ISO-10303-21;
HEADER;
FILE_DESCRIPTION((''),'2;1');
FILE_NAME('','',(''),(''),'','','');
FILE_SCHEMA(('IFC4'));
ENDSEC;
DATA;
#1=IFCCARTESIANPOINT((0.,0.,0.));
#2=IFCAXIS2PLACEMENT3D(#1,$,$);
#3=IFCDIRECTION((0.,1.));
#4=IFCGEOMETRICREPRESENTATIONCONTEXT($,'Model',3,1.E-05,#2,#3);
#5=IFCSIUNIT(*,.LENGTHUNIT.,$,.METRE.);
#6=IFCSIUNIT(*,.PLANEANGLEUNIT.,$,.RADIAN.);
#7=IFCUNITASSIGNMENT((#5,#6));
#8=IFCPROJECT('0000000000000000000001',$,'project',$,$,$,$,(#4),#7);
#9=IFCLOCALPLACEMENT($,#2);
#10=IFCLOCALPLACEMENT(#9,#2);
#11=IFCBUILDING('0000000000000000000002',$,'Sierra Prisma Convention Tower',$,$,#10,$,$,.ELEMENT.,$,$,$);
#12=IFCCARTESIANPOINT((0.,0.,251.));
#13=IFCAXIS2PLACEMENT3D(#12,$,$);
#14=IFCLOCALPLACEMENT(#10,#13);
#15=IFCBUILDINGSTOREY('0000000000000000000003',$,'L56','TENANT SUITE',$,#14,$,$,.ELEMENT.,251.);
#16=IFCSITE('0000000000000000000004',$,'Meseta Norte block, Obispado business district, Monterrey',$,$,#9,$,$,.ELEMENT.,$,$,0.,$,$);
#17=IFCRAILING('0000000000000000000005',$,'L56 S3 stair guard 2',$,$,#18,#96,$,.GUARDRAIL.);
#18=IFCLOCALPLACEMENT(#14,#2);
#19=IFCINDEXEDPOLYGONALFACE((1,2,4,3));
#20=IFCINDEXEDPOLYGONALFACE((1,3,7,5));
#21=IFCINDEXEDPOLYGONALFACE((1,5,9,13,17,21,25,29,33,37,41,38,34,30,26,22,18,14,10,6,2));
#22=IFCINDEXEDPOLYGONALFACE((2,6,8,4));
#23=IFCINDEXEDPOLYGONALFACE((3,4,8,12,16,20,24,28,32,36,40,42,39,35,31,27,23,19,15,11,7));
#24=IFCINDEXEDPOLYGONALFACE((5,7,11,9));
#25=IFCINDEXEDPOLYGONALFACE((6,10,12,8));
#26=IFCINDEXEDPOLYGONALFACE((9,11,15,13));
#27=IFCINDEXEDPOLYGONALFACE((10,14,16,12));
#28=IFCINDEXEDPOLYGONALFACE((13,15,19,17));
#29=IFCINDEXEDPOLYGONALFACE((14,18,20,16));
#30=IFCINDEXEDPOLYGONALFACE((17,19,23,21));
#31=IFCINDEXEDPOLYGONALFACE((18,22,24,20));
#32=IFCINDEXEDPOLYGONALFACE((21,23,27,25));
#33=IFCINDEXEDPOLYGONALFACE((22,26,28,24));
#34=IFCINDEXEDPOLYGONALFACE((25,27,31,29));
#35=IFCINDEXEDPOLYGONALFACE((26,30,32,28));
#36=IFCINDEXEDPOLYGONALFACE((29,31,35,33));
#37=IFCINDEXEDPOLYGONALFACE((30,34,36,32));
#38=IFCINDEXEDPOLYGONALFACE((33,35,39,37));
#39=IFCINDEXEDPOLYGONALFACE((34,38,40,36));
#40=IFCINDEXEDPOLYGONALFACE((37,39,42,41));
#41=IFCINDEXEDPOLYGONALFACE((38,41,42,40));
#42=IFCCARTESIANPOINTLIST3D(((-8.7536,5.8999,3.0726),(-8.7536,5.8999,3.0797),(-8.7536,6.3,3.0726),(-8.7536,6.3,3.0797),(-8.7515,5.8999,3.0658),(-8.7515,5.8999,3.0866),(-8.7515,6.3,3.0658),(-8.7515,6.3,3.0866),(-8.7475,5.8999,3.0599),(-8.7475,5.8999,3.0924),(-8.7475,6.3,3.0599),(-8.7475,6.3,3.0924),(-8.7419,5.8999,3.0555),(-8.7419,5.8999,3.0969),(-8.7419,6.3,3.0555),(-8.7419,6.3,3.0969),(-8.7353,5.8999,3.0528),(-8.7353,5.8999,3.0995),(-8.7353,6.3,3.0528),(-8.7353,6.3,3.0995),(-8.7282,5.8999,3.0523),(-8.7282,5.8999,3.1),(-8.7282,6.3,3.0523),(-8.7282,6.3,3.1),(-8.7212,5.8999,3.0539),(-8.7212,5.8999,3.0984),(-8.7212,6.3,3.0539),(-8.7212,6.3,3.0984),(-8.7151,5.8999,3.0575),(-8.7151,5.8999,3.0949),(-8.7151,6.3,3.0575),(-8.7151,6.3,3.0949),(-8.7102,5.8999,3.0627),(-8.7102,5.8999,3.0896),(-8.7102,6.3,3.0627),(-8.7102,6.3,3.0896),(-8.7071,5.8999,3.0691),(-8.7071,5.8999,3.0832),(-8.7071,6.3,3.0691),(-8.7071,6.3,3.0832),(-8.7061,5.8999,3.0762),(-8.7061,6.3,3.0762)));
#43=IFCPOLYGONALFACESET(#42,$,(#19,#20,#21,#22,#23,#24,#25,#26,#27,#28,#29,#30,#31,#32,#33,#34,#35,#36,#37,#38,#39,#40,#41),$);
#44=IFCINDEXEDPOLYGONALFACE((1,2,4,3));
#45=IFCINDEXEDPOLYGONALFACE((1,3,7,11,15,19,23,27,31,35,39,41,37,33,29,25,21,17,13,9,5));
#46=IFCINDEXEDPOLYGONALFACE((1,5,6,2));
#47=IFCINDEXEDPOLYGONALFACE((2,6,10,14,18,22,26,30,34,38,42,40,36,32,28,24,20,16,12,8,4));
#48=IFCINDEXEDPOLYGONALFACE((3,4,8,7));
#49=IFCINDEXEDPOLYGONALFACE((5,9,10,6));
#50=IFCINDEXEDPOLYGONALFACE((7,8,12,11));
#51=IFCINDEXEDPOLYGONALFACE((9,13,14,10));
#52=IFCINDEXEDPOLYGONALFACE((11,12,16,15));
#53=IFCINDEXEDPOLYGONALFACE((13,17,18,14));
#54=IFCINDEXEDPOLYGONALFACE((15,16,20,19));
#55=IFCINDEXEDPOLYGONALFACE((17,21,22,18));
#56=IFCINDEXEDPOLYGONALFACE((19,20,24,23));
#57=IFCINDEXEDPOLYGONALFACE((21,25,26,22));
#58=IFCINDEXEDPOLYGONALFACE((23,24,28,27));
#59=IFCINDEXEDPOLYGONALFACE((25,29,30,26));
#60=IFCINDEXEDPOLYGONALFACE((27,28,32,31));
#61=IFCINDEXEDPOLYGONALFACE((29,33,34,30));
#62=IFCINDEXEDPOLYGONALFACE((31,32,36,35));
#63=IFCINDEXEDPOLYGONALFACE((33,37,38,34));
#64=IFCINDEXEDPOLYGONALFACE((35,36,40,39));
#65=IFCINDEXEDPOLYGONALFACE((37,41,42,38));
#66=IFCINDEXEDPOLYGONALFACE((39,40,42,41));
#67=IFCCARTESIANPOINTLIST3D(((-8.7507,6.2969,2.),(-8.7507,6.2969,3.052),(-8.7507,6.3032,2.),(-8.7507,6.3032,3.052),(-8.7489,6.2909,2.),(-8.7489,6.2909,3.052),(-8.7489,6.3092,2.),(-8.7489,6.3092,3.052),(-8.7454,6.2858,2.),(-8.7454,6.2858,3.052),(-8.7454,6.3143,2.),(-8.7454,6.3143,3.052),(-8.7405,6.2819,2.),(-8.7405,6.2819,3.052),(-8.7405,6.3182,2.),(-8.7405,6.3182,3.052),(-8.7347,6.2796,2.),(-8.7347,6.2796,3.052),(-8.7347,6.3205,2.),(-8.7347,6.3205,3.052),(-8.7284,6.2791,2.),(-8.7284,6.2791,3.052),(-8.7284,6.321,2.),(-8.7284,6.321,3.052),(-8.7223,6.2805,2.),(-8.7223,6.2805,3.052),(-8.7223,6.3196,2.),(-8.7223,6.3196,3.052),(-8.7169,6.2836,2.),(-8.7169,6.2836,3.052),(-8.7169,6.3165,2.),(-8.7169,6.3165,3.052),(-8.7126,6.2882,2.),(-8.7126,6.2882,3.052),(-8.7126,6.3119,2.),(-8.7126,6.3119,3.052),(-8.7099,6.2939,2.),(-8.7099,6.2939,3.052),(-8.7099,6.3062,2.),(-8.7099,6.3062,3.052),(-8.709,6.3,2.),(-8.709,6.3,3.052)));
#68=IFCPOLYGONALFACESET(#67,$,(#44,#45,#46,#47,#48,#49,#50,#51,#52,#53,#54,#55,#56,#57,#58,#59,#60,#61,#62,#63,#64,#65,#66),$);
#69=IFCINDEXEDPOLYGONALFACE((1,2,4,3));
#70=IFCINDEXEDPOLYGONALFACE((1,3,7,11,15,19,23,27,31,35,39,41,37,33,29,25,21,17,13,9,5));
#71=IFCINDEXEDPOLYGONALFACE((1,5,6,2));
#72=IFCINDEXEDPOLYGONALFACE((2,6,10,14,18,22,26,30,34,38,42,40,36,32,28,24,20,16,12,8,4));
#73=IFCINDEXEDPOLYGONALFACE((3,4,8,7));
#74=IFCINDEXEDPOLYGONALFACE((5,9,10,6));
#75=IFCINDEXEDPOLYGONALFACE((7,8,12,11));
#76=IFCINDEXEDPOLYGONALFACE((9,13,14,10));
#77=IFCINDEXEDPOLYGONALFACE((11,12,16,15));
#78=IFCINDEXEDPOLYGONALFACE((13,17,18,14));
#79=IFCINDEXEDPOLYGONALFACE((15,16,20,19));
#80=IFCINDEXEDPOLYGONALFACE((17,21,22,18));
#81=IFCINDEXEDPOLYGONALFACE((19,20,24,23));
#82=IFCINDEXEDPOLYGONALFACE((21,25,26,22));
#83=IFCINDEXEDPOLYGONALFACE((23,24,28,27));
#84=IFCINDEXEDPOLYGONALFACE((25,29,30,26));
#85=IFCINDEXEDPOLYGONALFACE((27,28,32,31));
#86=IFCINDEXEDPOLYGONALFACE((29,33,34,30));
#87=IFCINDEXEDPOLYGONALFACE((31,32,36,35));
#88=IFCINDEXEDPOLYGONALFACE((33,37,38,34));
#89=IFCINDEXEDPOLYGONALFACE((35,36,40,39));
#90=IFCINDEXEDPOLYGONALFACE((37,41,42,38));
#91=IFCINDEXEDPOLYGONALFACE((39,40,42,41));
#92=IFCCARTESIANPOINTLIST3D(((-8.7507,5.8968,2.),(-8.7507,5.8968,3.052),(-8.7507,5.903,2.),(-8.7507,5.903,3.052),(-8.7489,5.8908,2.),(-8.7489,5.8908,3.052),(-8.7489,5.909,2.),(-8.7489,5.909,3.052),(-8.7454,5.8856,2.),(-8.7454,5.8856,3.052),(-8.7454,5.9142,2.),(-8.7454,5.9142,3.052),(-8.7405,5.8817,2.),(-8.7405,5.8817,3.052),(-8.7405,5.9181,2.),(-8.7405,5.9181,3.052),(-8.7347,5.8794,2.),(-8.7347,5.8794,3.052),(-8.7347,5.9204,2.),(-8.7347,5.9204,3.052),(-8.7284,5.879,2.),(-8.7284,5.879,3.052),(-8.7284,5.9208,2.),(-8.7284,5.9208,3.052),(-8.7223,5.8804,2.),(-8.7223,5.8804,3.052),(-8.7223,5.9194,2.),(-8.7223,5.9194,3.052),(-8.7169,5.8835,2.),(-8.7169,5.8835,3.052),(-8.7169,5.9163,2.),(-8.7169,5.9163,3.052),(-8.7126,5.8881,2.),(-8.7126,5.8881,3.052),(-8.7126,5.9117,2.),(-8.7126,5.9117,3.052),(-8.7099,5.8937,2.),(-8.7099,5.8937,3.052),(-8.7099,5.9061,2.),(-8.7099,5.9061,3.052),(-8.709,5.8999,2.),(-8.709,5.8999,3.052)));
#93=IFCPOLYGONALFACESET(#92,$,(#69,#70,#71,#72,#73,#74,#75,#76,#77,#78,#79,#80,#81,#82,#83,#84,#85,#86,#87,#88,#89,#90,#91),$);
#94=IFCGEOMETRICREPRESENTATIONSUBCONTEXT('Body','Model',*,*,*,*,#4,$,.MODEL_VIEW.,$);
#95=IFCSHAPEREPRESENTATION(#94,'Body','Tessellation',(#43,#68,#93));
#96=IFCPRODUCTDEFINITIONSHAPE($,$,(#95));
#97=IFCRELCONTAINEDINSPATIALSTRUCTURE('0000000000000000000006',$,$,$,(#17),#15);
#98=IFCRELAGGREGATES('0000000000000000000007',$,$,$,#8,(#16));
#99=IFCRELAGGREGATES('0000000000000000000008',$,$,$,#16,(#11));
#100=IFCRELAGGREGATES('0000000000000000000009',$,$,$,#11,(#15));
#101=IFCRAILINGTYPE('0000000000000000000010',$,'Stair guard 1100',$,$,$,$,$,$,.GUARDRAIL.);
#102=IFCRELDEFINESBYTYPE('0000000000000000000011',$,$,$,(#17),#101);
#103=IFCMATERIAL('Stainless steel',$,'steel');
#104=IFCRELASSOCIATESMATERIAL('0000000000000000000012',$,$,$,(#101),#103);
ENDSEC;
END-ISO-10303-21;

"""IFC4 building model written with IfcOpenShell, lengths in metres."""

from ifc_helpers import new_model, si_unit, direction, frame, origin, origin_2d, place, context, subcontext, project, spatial, circle, extrude, material, type_object, element, save


model = new_model("IFC4")

# Units and contexts
model_context = context("Model", 3, precision=1e-05, world=origin(), true_north=direction((0.0, 1.0)))
body_context = subcontext(model_context, "Body", "Model", "MODEL_VIEW")
ifc_project = project(units=[si_unit("LENGTHUNIT", "METRE"), si_unit("PLANEANGLEUNIT", "RADIAN")], contexts=[model_context])

# Site, building, storey
site_placement = place(None, origin())
site = spatial("IfcSite", under=ifc_project, at=site_placement, Name="Meseta Norte block, Obispado business district, Monterrey", CompositionType="ELEMENT", RefElevation=0.0)
building_placement = place(site_placement, origin())
building = spatial("IfcBuilding", under=site, at=building_placement, Name="Sierra Prisma Convention Tower", CompositionType="ELEMENT")
storey_placement = place(building_placement, frame((0.0, 0.0, 251.0)))
storey = spatial("IfcBuildingStorey", under=building, at=storey_placement, Name="L56", Description="TENANT SUITE", CompositionType="ELEMENT", Elevation=251.0)

# Railing
ifc_material_1 = material(Name="Stainless steel", Category="steel")
railing_type_1 = type_object("IfcRailingType", Name="Stair guard 1100", PredefinedType="GUARDRAIL", material=ifc_material_1)
railing_1_placement = place(storey_placement, frame((-8.73, 6.3, 2.0)))
element("IfcRailing", 1, at=railing_1_placement, inside=storey, type_object=railing_type_1, Name="L56 S3 stair guard 2", PredefinedType="GUARDRAIL", context=body_context, shape_type="SweptSolid", body=[
    extrude(circle(Radius=0.0239, at=origin_2d()), frame((0.0, 0.0, 1.0762), z_axis=(0.0, -1.0, 0.0), x_axis=(1.0, 0.0, 0.0)), (0.0, 0.0, 1.0), 0.4001),
    extrude(circle(Radius=0.021, at=origin_2d()), origin(), (0.0, 0.0, 1.0), 1.052),
    extrude(circle(Radius=0.021, at=origin_2d()), frame((0.0, -0.4001, 0.0)), (0.0, 0.0, 1.0), 1.052),
])

save(model, "model.ifc")
